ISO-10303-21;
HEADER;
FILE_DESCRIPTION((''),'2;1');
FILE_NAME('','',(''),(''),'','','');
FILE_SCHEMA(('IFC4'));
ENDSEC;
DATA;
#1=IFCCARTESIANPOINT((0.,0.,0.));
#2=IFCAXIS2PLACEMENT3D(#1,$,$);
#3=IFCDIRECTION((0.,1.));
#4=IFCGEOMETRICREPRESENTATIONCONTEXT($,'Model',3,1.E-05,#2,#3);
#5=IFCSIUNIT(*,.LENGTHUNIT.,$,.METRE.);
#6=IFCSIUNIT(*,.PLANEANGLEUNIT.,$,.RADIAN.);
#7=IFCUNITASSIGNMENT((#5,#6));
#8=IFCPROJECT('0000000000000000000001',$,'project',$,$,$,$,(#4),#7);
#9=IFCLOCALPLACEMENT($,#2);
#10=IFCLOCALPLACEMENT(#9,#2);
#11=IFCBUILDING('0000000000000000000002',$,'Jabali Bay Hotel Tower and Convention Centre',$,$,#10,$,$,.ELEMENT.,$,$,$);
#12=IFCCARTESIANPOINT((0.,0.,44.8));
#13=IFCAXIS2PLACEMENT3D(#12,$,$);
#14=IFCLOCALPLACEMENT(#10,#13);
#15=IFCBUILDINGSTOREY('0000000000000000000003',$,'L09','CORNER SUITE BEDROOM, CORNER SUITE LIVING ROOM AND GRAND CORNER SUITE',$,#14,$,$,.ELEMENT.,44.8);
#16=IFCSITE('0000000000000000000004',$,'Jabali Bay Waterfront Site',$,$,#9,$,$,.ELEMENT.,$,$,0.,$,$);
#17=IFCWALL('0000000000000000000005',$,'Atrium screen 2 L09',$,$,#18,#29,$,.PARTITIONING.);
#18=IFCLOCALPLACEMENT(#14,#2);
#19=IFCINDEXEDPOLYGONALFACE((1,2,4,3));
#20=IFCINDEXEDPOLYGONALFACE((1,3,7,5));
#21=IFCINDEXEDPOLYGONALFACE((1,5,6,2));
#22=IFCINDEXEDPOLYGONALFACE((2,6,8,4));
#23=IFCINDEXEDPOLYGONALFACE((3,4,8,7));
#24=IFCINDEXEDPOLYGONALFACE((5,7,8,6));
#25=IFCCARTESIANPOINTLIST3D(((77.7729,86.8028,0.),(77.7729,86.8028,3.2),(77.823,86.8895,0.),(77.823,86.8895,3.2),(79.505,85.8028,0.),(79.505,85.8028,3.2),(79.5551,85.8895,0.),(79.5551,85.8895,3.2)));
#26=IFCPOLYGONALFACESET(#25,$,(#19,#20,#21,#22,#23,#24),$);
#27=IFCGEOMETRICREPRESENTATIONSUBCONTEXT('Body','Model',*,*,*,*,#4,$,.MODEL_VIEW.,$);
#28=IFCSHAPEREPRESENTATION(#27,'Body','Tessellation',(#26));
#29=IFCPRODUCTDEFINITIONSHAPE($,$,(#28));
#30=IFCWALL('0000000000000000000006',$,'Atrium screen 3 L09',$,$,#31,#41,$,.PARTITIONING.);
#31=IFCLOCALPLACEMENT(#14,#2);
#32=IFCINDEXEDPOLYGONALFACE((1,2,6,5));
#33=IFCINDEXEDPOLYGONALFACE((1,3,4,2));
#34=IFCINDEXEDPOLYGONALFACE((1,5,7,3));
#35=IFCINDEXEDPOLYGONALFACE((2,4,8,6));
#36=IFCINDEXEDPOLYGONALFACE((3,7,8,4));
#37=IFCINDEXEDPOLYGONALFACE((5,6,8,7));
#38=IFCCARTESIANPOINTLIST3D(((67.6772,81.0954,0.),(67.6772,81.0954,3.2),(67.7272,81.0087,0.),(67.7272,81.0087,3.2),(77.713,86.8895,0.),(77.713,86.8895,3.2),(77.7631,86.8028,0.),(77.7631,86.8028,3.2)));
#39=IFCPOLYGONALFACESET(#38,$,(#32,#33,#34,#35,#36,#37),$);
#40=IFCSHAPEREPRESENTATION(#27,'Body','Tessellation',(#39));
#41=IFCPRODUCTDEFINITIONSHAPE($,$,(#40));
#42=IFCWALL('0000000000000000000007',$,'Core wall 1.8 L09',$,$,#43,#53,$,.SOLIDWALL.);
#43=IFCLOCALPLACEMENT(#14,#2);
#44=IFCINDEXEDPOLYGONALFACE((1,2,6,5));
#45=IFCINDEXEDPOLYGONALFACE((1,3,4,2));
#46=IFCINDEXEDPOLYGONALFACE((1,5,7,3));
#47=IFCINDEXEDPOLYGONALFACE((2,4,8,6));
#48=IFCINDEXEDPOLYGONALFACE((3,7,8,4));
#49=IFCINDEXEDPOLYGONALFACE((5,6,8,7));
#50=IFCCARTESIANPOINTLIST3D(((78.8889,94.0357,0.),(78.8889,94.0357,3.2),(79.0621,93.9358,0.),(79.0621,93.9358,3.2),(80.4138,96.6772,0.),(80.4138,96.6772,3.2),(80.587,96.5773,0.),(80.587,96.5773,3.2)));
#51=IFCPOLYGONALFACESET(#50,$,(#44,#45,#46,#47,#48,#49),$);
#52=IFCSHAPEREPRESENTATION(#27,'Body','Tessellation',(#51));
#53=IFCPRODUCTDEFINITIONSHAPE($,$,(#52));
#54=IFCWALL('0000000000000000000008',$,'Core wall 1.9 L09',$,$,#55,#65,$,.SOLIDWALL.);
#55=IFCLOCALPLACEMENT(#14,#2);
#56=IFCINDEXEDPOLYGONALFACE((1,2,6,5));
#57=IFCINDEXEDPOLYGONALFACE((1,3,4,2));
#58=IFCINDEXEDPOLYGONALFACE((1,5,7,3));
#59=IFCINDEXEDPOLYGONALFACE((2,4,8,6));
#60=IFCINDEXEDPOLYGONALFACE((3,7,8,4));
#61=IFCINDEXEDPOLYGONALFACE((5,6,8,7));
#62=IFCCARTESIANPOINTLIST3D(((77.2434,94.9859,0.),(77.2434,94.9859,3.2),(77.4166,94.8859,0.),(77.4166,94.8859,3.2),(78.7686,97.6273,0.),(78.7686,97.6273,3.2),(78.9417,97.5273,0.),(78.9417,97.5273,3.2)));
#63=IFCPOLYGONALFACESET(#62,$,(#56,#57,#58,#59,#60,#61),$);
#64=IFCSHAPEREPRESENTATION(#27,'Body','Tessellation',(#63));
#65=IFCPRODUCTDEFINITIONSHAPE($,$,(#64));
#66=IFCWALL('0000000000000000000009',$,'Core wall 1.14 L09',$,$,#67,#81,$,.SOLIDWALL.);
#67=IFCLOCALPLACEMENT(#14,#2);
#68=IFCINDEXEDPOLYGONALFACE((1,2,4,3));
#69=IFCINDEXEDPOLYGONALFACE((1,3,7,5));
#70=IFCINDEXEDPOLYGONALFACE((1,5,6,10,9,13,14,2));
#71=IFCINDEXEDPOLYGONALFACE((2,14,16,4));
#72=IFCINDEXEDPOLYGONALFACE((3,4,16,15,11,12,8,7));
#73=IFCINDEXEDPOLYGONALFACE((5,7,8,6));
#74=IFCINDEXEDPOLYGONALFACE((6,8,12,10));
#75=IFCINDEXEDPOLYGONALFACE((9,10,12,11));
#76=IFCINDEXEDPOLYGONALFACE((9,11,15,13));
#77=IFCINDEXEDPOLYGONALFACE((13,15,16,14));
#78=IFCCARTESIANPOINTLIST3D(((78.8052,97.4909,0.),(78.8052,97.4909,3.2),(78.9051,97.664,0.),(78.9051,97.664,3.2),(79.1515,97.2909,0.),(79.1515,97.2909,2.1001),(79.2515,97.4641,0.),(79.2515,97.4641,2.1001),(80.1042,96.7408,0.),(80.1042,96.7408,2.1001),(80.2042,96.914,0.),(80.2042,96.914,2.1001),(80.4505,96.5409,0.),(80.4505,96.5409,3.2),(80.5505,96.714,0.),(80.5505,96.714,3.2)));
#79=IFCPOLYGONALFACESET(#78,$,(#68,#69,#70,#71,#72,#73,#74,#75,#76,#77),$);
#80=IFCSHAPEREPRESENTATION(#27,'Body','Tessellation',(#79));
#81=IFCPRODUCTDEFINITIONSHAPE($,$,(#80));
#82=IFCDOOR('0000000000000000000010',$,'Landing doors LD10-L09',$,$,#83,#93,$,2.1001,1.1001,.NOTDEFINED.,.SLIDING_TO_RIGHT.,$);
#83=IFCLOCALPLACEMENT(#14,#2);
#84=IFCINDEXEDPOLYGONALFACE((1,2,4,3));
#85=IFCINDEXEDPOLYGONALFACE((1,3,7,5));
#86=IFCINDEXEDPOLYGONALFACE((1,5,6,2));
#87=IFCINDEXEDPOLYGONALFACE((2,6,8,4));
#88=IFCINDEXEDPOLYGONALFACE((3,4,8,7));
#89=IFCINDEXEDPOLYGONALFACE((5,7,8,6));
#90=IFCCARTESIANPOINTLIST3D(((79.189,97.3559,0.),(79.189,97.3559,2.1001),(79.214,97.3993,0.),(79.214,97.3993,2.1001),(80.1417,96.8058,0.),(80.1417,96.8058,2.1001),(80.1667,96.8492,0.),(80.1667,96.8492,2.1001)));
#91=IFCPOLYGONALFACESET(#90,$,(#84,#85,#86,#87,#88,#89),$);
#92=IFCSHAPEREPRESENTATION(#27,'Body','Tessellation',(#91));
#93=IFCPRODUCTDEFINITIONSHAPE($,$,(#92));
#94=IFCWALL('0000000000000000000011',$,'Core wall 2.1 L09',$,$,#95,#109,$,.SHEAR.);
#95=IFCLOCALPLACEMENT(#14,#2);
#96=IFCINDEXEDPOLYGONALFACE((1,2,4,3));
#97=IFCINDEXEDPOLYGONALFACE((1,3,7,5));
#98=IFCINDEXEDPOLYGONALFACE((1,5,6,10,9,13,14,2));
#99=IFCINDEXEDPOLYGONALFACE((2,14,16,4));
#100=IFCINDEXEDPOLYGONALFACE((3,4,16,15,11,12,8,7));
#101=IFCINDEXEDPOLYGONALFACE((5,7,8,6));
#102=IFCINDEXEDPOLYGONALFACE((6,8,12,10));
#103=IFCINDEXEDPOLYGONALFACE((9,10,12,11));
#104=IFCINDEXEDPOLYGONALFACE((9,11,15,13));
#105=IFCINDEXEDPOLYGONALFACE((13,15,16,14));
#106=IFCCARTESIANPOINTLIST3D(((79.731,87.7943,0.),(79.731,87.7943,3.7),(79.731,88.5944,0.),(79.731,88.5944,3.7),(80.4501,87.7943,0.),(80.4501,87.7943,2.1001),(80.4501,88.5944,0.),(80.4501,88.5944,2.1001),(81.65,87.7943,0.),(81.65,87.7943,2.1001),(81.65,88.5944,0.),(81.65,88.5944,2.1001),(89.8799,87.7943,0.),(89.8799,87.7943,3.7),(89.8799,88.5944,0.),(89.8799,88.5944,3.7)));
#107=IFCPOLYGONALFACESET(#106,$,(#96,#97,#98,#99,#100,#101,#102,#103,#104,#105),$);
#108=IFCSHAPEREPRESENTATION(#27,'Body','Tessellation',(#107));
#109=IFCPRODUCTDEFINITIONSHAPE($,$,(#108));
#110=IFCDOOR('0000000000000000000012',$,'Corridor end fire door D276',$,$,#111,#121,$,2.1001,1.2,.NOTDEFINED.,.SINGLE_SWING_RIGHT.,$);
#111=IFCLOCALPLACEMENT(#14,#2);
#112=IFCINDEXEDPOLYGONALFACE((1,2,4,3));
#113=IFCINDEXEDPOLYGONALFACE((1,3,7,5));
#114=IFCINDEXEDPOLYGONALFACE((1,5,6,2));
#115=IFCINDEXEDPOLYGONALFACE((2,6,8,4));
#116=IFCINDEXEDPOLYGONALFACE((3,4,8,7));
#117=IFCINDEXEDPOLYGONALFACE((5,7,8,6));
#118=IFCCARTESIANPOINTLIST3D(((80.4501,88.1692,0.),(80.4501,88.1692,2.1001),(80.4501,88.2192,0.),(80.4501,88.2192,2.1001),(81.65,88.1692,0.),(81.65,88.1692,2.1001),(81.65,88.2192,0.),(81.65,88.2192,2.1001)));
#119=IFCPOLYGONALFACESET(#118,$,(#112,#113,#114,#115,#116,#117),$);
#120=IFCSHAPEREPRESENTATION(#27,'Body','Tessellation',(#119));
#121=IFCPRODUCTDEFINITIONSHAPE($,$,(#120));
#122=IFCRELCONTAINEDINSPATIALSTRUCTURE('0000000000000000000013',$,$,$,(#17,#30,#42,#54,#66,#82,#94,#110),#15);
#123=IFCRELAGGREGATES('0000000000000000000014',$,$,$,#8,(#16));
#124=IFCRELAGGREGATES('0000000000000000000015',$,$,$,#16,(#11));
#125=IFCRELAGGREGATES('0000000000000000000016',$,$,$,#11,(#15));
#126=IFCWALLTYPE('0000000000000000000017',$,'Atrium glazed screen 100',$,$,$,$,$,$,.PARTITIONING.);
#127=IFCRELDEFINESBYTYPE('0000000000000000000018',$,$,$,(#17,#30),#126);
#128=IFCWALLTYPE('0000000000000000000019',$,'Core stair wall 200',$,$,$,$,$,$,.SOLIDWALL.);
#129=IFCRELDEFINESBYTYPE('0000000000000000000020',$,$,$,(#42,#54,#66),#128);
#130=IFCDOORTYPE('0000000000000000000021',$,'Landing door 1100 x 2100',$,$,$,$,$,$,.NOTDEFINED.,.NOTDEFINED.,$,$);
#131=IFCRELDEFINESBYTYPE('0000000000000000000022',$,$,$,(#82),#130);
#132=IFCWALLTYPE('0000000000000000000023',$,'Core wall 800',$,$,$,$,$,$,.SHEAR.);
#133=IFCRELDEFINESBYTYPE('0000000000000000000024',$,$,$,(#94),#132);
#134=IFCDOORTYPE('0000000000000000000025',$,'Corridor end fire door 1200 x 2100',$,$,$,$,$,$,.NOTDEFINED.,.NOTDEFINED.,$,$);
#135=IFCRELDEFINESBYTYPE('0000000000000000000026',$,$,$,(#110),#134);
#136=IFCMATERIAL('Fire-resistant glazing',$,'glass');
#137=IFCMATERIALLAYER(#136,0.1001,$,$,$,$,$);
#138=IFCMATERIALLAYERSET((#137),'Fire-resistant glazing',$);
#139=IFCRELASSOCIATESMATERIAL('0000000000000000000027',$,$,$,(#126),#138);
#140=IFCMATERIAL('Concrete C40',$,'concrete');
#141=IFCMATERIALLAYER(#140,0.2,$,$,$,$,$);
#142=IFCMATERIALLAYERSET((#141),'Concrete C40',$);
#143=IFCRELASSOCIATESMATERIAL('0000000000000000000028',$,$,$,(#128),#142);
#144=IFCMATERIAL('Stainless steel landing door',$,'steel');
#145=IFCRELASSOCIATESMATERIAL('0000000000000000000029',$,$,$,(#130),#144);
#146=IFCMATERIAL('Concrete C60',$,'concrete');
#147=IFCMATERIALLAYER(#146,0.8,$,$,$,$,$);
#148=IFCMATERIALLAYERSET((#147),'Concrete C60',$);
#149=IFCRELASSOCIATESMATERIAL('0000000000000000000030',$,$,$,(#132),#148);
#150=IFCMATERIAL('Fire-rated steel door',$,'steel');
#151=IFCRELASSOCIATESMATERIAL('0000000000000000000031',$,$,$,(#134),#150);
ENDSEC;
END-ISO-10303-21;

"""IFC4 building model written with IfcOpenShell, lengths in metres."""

from ifc_helpers import new_model, si_unit, direction, frame, frame_2d, origin, place, context, subcontext, project, spatial, rectangle, extrude, material, layer, layer_set, type_object, element, fill, save


model = new_model("IFC4")

# Units and contexts
model_context = context("Model", 3, precision=1e-05, world=origin(), true_north=direction((0.0, 1.0)))
body_context = subcontext(model_context, "Body", "Model", "MODEL_VIEW")
ifc_project = project(units=[si_unit("LENGTHUNIT", "METRE"), si_unit("PLANEANGLEUNIT", "RADIAN")], contexts=[model_context])

# Site, building, storey
site_placement = place(None, origin())
site = spatial("IfcSite", under=ifc_project, at=site_placement, Name="Jabali Bay Waterfront Site", CompositionType="ELEMENT", RefElevation=0.0)
building_placement = place(site_placement, origin())
building = spatial("IfcBuilding", under=site, at=building_placement, Name="Jabali Bay Hotel Tower and Convention Centre", CompositionType="ELEMENT")
storey_placement = place(building_placement, frame((0.0, 0.0, 44.8)))
storey = spatial("IfcBuildingStorey", under=building, at=storey_placement, Name="L09", Description="CORNER SUITE BEDROOM, CORNER SUITE LIVING ROOM AND GRAND CORNER SUITE", CompositionType="ELEMENT", Elevation=44.8)

# Walls
ifc_material_1 = material(Name="Fire-resistant glazing", Category="glass")
ifc_layer_1 = layer(ifc_material_1, 0.1001)
ifc_layer_set_1 = layer_set([ifc_layer_1], Name="Fire-resistant glazing")
wall_type_1 = type_object("IfcWallType", Name="Atrium glazed screen 100", PredefinedType="PARTITIONING", material=ifc_layer_set_1)
wall_1_placement = place(storey_placement, frame((79.53, 85.8462, 0.0), z_axis=(0.0, 0.0, 1.0), x_axis=(-0.866041, 0.499973, 0.0)))
element("IfcWall", 1, at=wall_1_placement, inside=storey, type_object=wall_type_1, Name="Atrium screen 2 L09", PredefinedType="PARTITIONING", context=body_context, shape_type="SweptSolid", body=[
    extrude(rectangle(XDim=2.0, YDim=0.1001, at=frame_2d((1.0, 0.0))), origin(), (0.0, 0.0, 1.0), 3.2),
])
wall_2_placement = place(storey_placement, frame((77.738, 86.8462, 0.0), z_axis=(0.0, 0.0, 1.0), x_axis=(-0.866027, -0.499998, 0.0)))
element("IfcWall", 2, at=wall_2_placement, inside=storey, type_object=wall_type_1, Name="Atrium screen 3 L09", PredefinedType="PARTITIONING", context=body_context, shape_type="SweptSolid", body=[
    extrude(rectangle(XDim=11.5884, YDim=0.1001, at=frame_2d((5.7942, 0.0))), origin(), (0.0, 0.0, 1.0), 3.2),
])
ifc_material_2 = material(Name="Concrete C40", Category="concrete")
ifc_layer_2 = layer(ifc_material_2, 0.2)
ifc_layer_set_2 = layer_set([ifc_layer_2], Name="Concrete C40")
wall_type_2 = type_object("IfcWallType", Name="Core stair wall 200", PredefinedType="SOLIDWALL", material=ifc_layer_set_2)
for number, where, z_axis, x_axis, name in (
    (3, (78.9756, 93.9858, 0.0), (0.0, 0.0, 1.0), (0.499944, 0.866058, 0.0), "Core wall 1.8 L09"),
    (4, (77.3301, 94.936, 0.0), (0.0, 0.0, 1.0), (0.500039, 0.866003, 0.0), "Core wall 1.9 L09"),
):
    element("IfcWall", number, at=place(storey_placement, frame(where, z_axis=z_axis, x_axis=x_axis)), inside=storey, type_object=wall_type_2, Name=name, PredefinedType="SOLIDWALL", context=body_context, shape_type="SweptSolid", body=[
        extrude(rectangle(XDim=3.05, YDim=0.2, at=frame_2d((1.5249, 0.0))), origin(), (0.0, 0.0, 1.0), 3.2),
    ])

# Walls, openings, doors
wall_3_placement = place(storey_placement, frame((80.5005, 96.6274, 0.0), z_axis=(0.0, 0.0, 1.0), x_axis=(-0.866012, 0.500023, 0.0)))
wall_3 = element("IfcWall", 5, at=wall_3_placement, inside=storey, type_object=wall_type_2, Name="Core wall 1.14 L09", PredefinedType="SOLIDWALL", context=body_context, shape_type="SweptSolid", body=[
    extrude(rectangle(XDim=1.8999, YDim=0.2, at=frame_2d((0.95, 0.0))), origin(), (0.0, 0.0, 1.0), 3.2),
])
opening_1_placement = place(wall_3_placement, frame((0.3999, 0.0, 0.0)))
opening_1 = element("IfcOpeningElement", 6, at=opening_1_placement, cuts=wall_3, PredefinedType="OPENING", context=body_context, shape_type="SweptSolid", body=[
    extrude(rectangle(XDim=1.1001, YDim=2.1001, at=frame_2d((0.55, 1.05))), frame((0.0, 0.1104, 0.0), z_axis=(0.0, -1.0, 0.0), x_axis=(1.0, 0.0, 0.0)), (0.0, 0.0, 1.0), 0.2209),
])
ifc_material_3 = material(Name="Stainless steel landing door", Category="steel")
door_type_1 = type_object("IfcDoorType", Name="Landing door 1100 x 2100", OperationType="NOTDEFINED", PredefinedType="NOTDEFINED", material=ifc_material_3)
door_1_placement = place(opening_1_placement, origin())
door_1 = element("IfcDoor", 7, at=door_1_placement, inside=storey, type_object=door_type_1, Name="Landing doors LD10-L09", OperationType="SLIDING_TO_RIGHT", OverallHeight=2.1001, OverallWidth=1.1001, PredefinedType="NOTDEFINED", context=body_context, shape_type="SweptSolid", body=[
    extrude(rectangle(XDim=1.1001, YDim=2.1001, at=frame_2d((0.55, 1.05))), frame((0.0, 0.0249, 0.0), z_axis=(0.0, -1.0, 0.0), x_axis=(1.0, 0.0, 0.0)), (0.0, 0.0, 1.0), 0.05),
])
fill(opening_1, door_1)
ifc_material_4 = material(Name="Concrete C60", Category="concrete")
ifc_layer_3 = layer(ifc_material_4, 0.8)
ifc_layer_set_3 = layer_set([ifc_layer_3], Name="Concrete C60")
wall_type_3 = type_object("IfcWallType", Name="Core wall 800", PredefinedType="SHEAR", material=ifc_layer_set_3)
wall_4_placement = place(storey_placement, frame((79.731, 88.1943, 0.0), z_axis=(0.0, 0.0, 1.0), x_axis=(1.0, 0.0, 0.0)))
wall_4 = element("IfcWall", 8, at=wall_4_placement, inside=storey, type_object=wall_type_3, Name="Core wall 2.1 L09", PredefinedType="SHEAR", context=body_context, shape_type="SweptSolid", body=[
    extrude(rectangle(XDim=10.1489, YDim=0.8, at=frame_2d((5.0745, 0.0))), origin(), (0.0, 0.0, 1.0), 3.7),
])
opening_2_placement = place(wall_4_placement, frame((0.719, 0.0, 0.0)))
opening_2 = element("IfcOpeningElement", 9, at=opening_2_placement, cuts=wall_4, PredefinedType="OPENING", context=body_context, shape_type="SweptSolid", body=[
    extrude(rectangle(XDim=1.2, YDim=2.1001, at=frame_2d((0.6001, 1.05))), frame((0.0, 0.4106, 0.0), z_axis=(0.0, -1.0, 0.0), x_axis=(1.0, 0.0, 0.0)), (0.0, 0.0, 1.0), 0.821),
])
ifc_material_5 = material(Name="Fire-rated steel door", Category="steel")
door_type_2 = type_object("IfcDoorType", Name="Corridor end fire door 1200 x 2100", OperationType="NOTDEFINED", PredefinedType="NOTDEFINED", material=ifc_material_5)
door_2_placement = place(opening_2_placement, origin())
door_2 = element("IfcDoor", 10, at=door_2_placement, inside=storey, type_object=door_type_2, Name="Corridor end fire door D276", OperationType="SINGLE_SWING_RIGHT", OverallHeight=2.1001, OverallWidth=1.2, PredefinedType="NOTDEFINED", context=body_context, shape_type="SweptSolid", body=[
    extrude(rectangle(XDim=1.2, YDim=2.1001, at=frame_2d((0.6001, 1.05))), frame((0.0, 0.0249, 0.0), z_axis=(0.0, -1.0, 0.0), x_axis=(1.0, 0.0, 0.0)), (0.0, 0.0, 1.0), 0.05),
])
fill(opening_2, door_2)

save(model, "model.ifc")
